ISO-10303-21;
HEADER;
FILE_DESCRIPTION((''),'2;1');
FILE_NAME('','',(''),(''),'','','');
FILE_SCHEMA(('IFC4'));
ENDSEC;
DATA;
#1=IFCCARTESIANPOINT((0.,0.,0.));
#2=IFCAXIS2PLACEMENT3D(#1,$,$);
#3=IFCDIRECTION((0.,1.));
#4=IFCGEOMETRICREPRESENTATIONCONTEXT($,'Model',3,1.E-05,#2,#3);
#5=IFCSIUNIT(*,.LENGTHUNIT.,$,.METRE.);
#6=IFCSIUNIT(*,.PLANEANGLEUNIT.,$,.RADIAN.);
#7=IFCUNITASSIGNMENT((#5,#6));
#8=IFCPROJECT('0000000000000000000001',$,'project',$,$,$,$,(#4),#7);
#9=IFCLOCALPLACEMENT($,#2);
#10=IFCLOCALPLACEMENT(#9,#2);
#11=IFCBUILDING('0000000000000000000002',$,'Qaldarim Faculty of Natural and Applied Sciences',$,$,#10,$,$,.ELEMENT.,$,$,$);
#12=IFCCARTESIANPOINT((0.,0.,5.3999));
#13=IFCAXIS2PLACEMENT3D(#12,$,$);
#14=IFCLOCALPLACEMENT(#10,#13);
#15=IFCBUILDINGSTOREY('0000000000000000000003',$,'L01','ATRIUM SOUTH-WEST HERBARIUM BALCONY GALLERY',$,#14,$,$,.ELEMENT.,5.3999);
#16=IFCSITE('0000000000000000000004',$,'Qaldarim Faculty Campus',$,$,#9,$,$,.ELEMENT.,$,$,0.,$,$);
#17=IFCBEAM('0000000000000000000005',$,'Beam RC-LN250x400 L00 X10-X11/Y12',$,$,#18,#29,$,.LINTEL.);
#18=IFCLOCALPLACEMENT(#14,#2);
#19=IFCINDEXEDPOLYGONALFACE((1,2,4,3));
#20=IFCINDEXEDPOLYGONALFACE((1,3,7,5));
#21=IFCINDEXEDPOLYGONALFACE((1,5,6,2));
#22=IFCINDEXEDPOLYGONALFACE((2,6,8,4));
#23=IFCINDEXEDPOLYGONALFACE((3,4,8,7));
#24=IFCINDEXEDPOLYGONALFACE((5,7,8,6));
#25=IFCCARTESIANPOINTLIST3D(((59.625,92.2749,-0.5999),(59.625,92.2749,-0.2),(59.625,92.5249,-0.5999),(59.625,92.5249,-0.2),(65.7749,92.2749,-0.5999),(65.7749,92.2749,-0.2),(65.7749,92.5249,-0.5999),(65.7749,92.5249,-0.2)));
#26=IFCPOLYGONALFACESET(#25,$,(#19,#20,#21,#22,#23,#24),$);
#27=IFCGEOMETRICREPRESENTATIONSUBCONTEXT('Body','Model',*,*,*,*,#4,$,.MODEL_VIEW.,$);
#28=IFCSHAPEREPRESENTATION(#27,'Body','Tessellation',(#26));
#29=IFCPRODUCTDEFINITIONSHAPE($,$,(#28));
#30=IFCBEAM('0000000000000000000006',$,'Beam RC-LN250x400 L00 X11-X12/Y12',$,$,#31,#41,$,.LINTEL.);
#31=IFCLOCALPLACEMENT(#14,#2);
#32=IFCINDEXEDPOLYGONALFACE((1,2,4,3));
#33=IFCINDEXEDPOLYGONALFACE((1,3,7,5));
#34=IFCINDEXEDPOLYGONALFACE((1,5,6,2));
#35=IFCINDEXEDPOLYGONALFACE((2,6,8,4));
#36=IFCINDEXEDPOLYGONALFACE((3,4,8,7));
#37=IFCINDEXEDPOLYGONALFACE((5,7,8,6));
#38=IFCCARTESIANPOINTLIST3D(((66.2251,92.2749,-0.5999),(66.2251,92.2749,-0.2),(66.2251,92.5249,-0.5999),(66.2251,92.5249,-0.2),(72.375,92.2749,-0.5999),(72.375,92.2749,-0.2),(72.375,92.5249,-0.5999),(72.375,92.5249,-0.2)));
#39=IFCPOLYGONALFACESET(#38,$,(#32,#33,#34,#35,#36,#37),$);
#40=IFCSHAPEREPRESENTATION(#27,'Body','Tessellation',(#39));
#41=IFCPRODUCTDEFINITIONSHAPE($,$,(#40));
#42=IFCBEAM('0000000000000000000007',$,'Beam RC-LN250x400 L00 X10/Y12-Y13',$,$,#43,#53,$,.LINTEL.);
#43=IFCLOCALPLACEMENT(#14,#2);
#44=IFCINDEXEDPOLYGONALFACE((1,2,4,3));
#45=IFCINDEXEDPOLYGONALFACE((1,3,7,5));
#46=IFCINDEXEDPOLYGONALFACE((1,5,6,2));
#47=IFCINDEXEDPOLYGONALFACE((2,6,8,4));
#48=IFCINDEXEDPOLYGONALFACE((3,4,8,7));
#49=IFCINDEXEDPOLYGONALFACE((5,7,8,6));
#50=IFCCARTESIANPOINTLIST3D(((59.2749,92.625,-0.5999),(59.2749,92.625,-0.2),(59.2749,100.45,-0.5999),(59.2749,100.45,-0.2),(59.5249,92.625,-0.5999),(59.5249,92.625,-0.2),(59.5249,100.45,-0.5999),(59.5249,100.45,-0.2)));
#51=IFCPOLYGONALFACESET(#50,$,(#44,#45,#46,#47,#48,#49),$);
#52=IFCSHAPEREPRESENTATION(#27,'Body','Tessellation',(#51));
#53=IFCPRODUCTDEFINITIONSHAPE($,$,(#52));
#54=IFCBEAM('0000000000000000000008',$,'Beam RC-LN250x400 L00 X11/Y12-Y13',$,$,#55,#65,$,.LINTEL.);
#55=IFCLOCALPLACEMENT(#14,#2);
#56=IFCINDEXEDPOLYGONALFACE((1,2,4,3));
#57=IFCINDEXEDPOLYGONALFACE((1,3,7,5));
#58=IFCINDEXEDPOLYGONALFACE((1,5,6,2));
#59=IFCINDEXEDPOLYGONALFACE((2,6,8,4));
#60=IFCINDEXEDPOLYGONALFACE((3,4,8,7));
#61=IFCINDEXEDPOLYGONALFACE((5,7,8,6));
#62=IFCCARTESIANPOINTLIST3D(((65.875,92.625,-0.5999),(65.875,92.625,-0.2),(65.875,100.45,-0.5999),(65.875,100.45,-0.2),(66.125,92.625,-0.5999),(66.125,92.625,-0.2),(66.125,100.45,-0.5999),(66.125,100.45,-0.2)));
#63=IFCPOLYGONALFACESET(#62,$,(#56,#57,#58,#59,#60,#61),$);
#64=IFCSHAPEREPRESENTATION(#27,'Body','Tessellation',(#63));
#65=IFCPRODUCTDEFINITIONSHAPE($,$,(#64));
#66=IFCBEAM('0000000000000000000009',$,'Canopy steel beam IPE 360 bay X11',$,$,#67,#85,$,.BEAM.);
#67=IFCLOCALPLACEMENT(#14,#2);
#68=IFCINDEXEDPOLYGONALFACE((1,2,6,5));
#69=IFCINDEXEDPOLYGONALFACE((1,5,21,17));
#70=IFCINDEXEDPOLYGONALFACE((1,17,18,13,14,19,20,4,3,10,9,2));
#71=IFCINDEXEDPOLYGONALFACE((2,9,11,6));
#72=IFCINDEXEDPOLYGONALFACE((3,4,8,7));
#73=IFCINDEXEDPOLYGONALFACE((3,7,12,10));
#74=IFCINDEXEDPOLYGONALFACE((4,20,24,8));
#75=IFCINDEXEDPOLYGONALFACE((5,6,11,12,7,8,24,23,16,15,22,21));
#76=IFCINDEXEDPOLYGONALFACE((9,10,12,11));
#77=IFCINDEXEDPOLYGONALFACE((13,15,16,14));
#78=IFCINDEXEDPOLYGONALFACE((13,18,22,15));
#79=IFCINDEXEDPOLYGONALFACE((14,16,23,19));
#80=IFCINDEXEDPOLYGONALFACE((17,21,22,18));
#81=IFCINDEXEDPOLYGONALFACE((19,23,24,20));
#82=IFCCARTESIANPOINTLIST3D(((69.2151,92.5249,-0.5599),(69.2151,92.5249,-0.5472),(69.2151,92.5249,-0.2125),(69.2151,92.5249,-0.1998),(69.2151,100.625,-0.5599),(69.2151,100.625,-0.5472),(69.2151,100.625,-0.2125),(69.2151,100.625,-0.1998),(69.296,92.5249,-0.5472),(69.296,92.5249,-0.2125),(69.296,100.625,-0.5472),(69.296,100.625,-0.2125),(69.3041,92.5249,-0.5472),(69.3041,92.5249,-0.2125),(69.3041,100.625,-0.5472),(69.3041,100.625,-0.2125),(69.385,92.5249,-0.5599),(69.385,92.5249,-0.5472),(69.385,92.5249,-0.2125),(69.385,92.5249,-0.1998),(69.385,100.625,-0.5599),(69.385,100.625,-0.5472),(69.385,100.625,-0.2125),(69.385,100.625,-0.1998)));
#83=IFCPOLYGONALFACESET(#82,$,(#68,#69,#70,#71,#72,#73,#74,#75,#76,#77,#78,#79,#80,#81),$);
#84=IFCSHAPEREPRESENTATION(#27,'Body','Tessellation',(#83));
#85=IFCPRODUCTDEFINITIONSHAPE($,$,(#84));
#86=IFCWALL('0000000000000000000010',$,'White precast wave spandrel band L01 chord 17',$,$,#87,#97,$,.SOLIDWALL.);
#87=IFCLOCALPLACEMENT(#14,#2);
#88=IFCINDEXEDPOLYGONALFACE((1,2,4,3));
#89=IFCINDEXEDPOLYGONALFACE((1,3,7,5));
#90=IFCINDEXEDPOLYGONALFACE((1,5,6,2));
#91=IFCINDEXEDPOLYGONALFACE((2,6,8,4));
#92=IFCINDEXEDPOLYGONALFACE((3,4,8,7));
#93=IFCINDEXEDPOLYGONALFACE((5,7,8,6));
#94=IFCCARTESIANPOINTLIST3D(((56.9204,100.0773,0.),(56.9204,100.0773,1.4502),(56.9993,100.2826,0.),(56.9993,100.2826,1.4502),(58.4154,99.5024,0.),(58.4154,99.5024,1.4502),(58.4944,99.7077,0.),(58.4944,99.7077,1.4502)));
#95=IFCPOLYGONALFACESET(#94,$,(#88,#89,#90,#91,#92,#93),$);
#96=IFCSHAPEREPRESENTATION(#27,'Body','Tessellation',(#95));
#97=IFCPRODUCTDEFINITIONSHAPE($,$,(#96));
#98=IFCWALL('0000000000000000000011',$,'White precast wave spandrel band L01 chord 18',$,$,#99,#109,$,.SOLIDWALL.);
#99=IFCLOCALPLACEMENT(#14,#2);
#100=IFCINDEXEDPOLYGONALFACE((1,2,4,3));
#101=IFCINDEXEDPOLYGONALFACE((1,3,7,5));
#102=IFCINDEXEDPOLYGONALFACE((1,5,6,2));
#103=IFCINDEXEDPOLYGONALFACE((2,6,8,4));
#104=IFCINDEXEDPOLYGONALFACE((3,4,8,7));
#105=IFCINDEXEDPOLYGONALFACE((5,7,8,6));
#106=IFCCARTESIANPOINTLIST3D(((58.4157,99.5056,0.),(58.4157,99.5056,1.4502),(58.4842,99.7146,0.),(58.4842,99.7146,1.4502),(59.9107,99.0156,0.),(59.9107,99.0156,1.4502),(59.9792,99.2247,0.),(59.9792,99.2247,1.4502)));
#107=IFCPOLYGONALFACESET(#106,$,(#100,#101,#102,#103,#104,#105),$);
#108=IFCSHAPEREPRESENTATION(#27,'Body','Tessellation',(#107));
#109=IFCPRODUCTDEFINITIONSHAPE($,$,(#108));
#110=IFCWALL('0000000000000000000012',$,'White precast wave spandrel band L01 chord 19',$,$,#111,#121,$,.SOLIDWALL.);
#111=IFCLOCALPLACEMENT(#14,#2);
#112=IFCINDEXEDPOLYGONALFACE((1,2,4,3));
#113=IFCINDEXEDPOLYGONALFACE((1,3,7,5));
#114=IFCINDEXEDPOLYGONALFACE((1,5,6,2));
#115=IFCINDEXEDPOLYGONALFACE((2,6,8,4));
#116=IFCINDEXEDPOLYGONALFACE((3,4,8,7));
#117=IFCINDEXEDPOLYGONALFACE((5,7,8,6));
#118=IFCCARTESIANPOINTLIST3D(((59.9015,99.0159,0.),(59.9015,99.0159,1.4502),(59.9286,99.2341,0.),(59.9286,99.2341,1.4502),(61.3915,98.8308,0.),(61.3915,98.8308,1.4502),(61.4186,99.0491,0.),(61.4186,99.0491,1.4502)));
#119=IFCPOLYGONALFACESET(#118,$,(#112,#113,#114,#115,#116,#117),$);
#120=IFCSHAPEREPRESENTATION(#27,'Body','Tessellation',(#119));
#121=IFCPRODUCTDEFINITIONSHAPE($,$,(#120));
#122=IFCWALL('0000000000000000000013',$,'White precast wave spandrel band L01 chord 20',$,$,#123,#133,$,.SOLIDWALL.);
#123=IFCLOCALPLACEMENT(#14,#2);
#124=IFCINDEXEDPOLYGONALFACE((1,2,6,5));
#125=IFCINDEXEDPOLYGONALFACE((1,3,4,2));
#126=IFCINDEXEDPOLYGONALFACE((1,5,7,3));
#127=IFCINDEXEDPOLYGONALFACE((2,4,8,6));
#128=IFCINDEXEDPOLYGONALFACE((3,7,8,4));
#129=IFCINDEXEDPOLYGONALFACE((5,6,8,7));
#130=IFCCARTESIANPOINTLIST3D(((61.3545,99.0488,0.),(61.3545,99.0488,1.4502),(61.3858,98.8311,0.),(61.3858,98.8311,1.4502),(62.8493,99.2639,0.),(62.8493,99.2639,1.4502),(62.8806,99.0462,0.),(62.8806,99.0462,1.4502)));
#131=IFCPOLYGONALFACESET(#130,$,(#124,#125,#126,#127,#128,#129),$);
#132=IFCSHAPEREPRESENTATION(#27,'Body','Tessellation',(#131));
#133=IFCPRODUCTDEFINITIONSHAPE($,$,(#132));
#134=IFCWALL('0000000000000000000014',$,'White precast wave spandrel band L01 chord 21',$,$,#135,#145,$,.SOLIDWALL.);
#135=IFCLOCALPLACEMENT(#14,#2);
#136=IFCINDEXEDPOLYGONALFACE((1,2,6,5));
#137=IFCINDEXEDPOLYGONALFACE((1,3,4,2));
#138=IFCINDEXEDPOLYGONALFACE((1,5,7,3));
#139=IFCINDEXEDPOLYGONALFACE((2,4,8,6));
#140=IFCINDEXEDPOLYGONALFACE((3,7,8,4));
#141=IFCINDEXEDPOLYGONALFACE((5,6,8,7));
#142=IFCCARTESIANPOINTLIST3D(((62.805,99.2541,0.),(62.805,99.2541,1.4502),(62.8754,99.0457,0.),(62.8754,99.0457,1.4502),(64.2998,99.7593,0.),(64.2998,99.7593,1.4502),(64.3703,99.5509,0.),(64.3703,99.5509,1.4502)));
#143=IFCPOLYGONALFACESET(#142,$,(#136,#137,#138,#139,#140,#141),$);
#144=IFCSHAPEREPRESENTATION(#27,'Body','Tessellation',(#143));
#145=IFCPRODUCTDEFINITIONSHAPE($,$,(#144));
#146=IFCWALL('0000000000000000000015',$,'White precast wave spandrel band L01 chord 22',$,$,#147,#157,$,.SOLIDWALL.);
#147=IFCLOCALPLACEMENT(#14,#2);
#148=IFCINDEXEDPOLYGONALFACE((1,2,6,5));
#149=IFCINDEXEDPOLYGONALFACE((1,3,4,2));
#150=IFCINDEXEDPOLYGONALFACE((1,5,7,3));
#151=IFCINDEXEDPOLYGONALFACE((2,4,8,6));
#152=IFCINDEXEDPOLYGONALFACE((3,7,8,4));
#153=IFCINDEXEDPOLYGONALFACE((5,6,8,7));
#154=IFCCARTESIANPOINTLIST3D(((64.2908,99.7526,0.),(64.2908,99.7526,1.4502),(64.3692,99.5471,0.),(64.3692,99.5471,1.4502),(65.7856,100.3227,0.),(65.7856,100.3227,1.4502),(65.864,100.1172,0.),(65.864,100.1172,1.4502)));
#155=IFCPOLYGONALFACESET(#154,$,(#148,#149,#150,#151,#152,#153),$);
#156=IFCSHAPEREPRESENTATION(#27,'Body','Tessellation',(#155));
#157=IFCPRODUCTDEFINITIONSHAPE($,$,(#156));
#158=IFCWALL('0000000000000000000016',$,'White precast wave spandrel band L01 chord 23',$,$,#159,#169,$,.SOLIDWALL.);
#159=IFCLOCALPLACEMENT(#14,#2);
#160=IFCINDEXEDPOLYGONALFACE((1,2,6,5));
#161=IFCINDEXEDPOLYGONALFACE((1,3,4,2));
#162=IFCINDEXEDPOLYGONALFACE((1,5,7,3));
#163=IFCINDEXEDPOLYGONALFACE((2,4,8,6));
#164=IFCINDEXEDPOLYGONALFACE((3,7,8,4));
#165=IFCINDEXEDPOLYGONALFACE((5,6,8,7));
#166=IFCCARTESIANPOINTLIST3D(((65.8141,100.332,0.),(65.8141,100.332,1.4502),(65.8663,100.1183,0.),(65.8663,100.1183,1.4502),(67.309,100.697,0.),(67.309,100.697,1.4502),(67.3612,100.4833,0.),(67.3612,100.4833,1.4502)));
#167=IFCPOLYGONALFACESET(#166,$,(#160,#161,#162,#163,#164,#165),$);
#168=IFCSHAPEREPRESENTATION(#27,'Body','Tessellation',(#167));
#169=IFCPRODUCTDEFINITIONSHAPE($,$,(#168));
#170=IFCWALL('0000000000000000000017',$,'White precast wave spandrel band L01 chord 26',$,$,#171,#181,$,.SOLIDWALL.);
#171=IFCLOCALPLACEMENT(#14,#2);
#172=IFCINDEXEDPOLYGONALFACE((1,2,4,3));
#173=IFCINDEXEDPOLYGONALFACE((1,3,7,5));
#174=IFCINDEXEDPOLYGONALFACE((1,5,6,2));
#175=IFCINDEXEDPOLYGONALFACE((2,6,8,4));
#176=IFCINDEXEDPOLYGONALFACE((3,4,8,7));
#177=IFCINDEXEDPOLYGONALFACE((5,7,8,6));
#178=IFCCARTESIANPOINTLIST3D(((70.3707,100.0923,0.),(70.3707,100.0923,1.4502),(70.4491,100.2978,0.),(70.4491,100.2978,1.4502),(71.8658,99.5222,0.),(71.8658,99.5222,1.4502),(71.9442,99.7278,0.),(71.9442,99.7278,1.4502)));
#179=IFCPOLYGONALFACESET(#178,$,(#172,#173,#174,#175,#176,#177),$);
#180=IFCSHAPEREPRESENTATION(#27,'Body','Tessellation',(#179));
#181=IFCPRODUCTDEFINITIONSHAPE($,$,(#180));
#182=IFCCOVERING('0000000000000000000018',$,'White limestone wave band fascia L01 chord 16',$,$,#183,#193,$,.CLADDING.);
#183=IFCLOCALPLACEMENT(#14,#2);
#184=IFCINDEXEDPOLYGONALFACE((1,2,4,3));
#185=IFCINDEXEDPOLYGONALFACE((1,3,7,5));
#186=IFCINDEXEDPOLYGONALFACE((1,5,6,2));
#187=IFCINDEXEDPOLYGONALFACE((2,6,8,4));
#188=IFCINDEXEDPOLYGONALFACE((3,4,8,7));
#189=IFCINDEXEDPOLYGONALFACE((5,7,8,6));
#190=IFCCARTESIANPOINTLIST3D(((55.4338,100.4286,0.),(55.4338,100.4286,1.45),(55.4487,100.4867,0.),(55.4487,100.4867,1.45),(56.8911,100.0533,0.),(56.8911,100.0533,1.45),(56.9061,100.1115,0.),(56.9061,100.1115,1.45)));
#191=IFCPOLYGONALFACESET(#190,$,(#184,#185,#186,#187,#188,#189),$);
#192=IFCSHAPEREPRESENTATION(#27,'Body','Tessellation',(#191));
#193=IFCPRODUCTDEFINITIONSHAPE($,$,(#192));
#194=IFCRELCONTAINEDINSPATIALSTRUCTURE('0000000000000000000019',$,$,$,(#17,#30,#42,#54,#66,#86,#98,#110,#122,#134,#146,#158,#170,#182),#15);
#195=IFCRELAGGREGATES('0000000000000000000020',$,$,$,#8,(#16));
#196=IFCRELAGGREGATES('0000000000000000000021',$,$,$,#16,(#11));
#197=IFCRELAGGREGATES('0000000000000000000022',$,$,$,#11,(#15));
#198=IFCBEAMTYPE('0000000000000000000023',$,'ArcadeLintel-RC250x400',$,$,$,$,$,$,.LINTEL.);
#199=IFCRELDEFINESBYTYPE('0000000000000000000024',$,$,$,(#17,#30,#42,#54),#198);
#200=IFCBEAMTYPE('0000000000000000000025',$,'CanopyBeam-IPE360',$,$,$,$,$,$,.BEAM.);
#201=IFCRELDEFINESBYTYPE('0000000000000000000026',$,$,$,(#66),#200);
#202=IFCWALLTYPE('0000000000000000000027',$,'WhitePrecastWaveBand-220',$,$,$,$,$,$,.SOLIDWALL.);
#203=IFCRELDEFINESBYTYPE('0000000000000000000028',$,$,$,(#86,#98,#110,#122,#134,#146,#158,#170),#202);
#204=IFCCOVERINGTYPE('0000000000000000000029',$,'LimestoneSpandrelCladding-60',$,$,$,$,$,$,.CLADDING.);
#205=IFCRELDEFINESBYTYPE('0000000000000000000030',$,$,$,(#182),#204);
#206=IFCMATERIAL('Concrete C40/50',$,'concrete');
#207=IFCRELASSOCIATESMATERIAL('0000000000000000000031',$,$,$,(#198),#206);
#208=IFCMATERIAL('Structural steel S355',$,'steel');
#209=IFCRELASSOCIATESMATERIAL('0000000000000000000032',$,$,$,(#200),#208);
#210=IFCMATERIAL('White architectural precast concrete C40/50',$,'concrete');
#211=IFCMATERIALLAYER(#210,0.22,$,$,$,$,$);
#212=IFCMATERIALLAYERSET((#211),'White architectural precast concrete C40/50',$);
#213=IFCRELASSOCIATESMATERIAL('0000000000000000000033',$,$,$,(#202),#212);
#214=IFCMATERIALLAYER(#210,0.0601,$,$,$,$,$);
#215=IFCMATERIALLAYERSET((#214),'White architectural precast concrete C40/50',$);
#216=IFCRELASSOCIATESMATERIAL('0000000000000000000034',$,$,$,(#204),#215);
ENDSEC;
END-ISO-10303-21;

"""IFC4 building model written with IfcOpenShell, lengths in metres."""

from ifc_helpers import new_model, si_unit, direction, frame, frame_2d, origin, origin_2d, place, context, subcontext, project, spatial, rectangle, i_section, extrude, material, layer, layer_set, material_profile, profile_set, type_object, element, save


model = new_model("IFC4")

# Units and contexts
model_context = context("Model", 3, precision=1e-05, world=origin(), true_north=direction((0.0, 1.0)))
body_context = subcontext(model_context, "Body", "Model", "MODEL_VIEW")
ifc_project = project(units=[si_unit("LENGTHUNIT", "METRE"), si_unit("PLANEANGLEUNIT", "RADIAN")], contexts=[model_context])

# Site, building, storey
site_placement = place(None, origin())
site = spatial("IfcSite", under=ifc_project, at=site_placement, Name="Qaldarim Faculty Campus", CompositionType="ELEMENT", RefElevation=0.0)
building_placement = place(site_placement, origin())
building = spatial("IfcBuilding", under=site, at=building_placement, Name="Qaldarim Faculty of Natural and Applied Sciences", CompositionType="ELEMENT")
storey_placement = place(building_placement, frame((0.0, 0.0, 5.3999)))
storey = spatial("IfcBuildingStorey", under=building, at=storey_placement, Name="L01", Description="ATRIUM SOUTH-WEST HERBARIUM BALCONY GALLERY", CompositionType="ELEMENT", Elevation=5.3999)

# Beams
ifc_material_1 = material(Name="Concrete C40/50", Category="concrete")
ifc_material_profile_1 = material_profile(ifc_material_1, rectangle(XDim=0.25, YDim=0.3999, at=origin_2d()), Name="RC-LN250x400")
ifc_profile_set_1 = profile_set([ifc_material_profile_1], Name="Concrete C40/50")
beam_type_1 = type_object("IfcBeamType", Name="ArcadeLintel-RC250x400", PredefinedType="LINTEL", material=ifc_profile_set_1)
for number, where, z_axis, x_axis, name in (
    (1, (59.625, 92.3999, -0.3999), (1.0, 0.0, 0.0), (0.0, 1.0, 0.0), "Beam RC-LN250x400 L00 X10-X11/Y12"),
    (2, (66.2251, 92.3999, -0.3999), (1.0, 0.0, 0.0), (0.0, 1.0, 0.0), "Beam RC-LN250x400 L00 X11-X12/Y12"),
):
    element("IfcBeam", number, at=place(storey_placement, frame(where, z_axis=z_axis, x_axis=x_axis)), inside=storey, type_object=beam_type_1, Name=name, PredefinedType="LINTEL", context=body_context, shape_type="SweptSolid", body=[
        extrude(rectangle(XDim=0.25, YDim=0.3999, at=origin_2d()), origin(), (0.0, 0.0, 1.0), 6.1499),
    ])
for number, where, z_axis, x_axis, name in (
    (3, (59.3999, 92.625, -0.3999), (0.0, 1.0, 0.0), (-1.0, 0.0, 0.0), "Beam RC-LN250x400 L00 X10/Y12-Y13"),
    (4, (66.0, 92.625, -0.3999), (0.0, 1.0, 0.0), (-1.0, 0.0, 0.0), "Beam RC-LN250x400 L00 X11/Y12-Y13"),
):
    element("IfcBeam", number, at=place(storey_placement, frame(where, z_axis=z_axis, x_axis=x_axis)), inside=storey, type_object=beam_type_1, Name=name, PredefinedType="LINTEL", context=body_context, shape_type="SweptSolid", body=[
        extrude(rectangle(XDim=0.25, YDim=0.3999, at=origin_2d()), origin(), (0.0, 0.0, 1.0), 7.825),
    ])
ifc_material_2 = material(Name="Structural steel S355", Category="steel")
ifc_material_profile_2 = material_profile(ifc_material_2, i_section(OverallWidth=0.1699, OverallDepth=0.3601, WebThickness=0.0081, FlangeThickness=0.0127, at=origin_2d()), Name="IPE 360")
ifc_profile_set_2 = profile_set([ifc_material_profile_2], Name="Structural steel S355")
beam_type_2 = type_object("IfcBeamType", Name="CanopyBeam-IPE360", PredefinedType="BEAM", material=ifc_profile_set_2)
beam_placement = place(storey_placement, frame((69.3, 92.5249, -0.3799), z_axis=(0.0, 1.0, 0.0), x_axis=(-1.0, 0.0, 0.0)))
element("IfcBeam", 5, at=beam_placement, inside=storey, type_object=beam_type_2, Name="Canopy steel beam IPE 360 bay X11", PredefinedType="BEAM", context=body_context, shape_type="SweptSolid", body=[
    extrude(i_section(OverallWidth=0.1699, OverallDepth=0.3601, WebThickness=0.0081, FlangeThickness=0.0127, at=origin_2d()), origin(), (0.0, 0.0, 1.0), 8.1001),
])

# Walls
ifc_material_3 = material(Name="White architectural precast concrete C40/50", Category="concrete")
ifc_layer_1 = layer(ifc_material_3, 0.22)
ifc_layer_set_1 = layer_set([ifc_layer_1], Name="White architectural precast concrete C40/50")
wall_type = type_object("IfcWallType", Name="WhitePrecastWaveBand-220", PredefinedType="SOLIDWALL", material=ifc_layer_set_1)
wall_1_placement = place(storey_placement, frame((56.96, 100.1799, 0.0), z_axis=(0.0, 0.0, 1.0), x_axis=(0.933365, -0.358928, 0.0)))
element("IfcWall", 6, at=wall_1_placement, inside=storey, type_object=wall_type, Name="White precast wave spandrel band L01 chord 17", PredefinedType="SOLIDWALL", context=body_context, shape_type="SweptSolid", body=[
    extrude(rectangle(XDim=1.6018, YDim=0.22, at=frame_2d((0.8008, 0.0))), origin(), (0.0, 0.0, 1.0), 1.4502),
])
wall_2_placement = place(storey_placement, frame((58.45, 99.6101, 0.0), z_axis=(0.0, 0.0, 1.0), x_axis=(0.950269, -0.311429, 0.0)))
element("IfcWall", 7, at=wall_2_placement, inside=storey, type_object=wall_type, Name="White precast wave spandrel band L01 chord 18", PredefinedType="SOLIDWALL", context=body_context, shape_type="SweptSolid", body=[
    extrude(rectangle(XDim=1.5732, YDim=0.22, at=frame_2d((0.7866, 0.0))), origin(), (0.0, 0.0, 1.0), 1.4502),
])
wall_3_placement = place(storey_placement, frame((59.915, 99.125, 0.0), z_axis=(0.0, 0.0, 1.0), x_axis=(0.992375, -0.123254, 0.0)))
element("IfcWall", 8, at=wall_3_placement, inside=storey, type_object=wall_type, Name="White precast wave spandrel band L01 chord 19", PredefinedType="SOLIDWALL", context=body_context, shape_type="SweptSolid", body=[
    extrude(rectangle(XDim=1.5015, YDim=0.22, at=frame_2d((0.7507, 0.0))), origin(), (0.0, 0.0, 1.0), 1.4502),
])
wall_4_placement = place(storey_placement, frame((61.3701, 98.9399, 0.0), z_axis=(0.0, 0.0, 1.0), x_axis=(0.989807, 0.142417, 0.0)))
element("IfcWall", 9, at=wall_4_placement, inside=storey, type_object=wall_type, Name="White precast wave spandrel band L01 chord 20", PredefinedType="SOLIDWALL", context=body_context, shape_type="SweptSolid", body=[
    extrude(rectangle(XDim=1.5103, YDim=0.22, at=frame_2d((0.7551, 0.0))), origin(), (0.0, 0.0, 1.0), 1.4502),
])
wall_5_placement = place(storey_placement, frame((62.8401, 99.1499, 0.0), z_axis=(0.0, 0.0, 1.0), x_axis=(0.947376, 0.320124, 0.0)))
element("IfcWall", 10, at=wall_5_placement, inside=storey, type_object=wall_type, Name="White precast wave spandrel band L01 chord 21", PredefinedType="SOLIDWALL", context=body_context, shape_type="SweptSolid", body=[
    extrude(rectangle(XDim=1.5779, YDim=0.22, at=frame_2d((0.7891, 0.0))), origin(), (0.0, 0.0, 1.0), 1.4502),
])
wall_6_placement = place(storey_placement, frame((64.3301, 99.6499, 0.0), z_axis=(0.0, 0.0, 1.0), x_axis=(0.934364, 0.356319, 0.0)))
element("IfcWall", 11, at=wall_6_placement, inside=storey, type_object=wall_type, Name="White precast wave spandrel band L01 chord 22", PredefinedType="SOLIDWALL", context=body_context, shape_type="SweptSolid", body=[
    extrude(rectangle(XDim=1.5999, YDim=0.22, at=frame_2d((0.7998, 0.0))), origin(), (0.0, 0.0, 1.0), 1.4502),
])
wall_7_placement = place(storey_placement, frame((65.8401, 100.2251, 0.0), z_axis=(0.0, 0.0, 1.0), x_axis=(0.971462, 0.237194, 0.0)))
element("IfcWall", 12, at=wall_7_placement, inside=storey, type_object=wall_type, Name="White precast wave spandrel band L01 chord 23", PredefinedType="SOLIDWALL", context=body_context, shape_type="SweptSolid", body=[
    extrude(rectangle(XDim=1.5388, YDim=0.22, at=frame_2d((0.7695, 0.0))), origin(), (0.0, 0.0, 1.0), 1.4502),
])
wall_8_placement = place(storey_placement, frame((70.4099, 100.1951, 0.0), z_axis=(0.0, 0.0, 1.0), x_axis=(0.934384, -0.356268, 0.0)))
element("IfcWall", 13, at=wall_8_placement, inside=storey, type_object=wall_type, Name="White precast wave spandrel band L01 chord 26", PredefinedType="SOLIDWALL", context=body_context, shape_type="SweptSolid", body=[
    extrude(rectangle(XDim=1.6001, YDim=0.22, at=frame_2d((0.8, 0.0))), origin(), (0.0, 0.0, 1.0), 1.4502),
])

# Covering
ifc_layer_2 = layer(ifc_material_3, 0.0601)
ifc_layer_set_2 = layer_set([ifc_layer_2], Name="White architectural precast concrete C40/50")
covering_type = type_object("IfcCoveringType", Name="LimestoneSpandrelCladding-60", PredefinedType="CLADDING", material=ifc_layer_set_2)
covering_1_placement = place(storey_placement, frame((56.1699, 100.27, 0.0), z_axis=(0.0, 0.0, 1.0), x_axis=(0.968405, -0.249383, 0.0)))
element("IfcCovering", 14, at=covering_1_placement, inside=storey, type_object=covering_type, Name="White limestone wave band fascia L01 chord 16", PredefinedType="CLADDING", context=body_context, shape_type="SweptSolid", body=[
    extrude(rectangle(XDim=1.5049, YDim=0.0601, at=origin_2d()), origin(), (0.0, 0.0, 1.0), 1.45),
])

save(model, "model.ifc")
